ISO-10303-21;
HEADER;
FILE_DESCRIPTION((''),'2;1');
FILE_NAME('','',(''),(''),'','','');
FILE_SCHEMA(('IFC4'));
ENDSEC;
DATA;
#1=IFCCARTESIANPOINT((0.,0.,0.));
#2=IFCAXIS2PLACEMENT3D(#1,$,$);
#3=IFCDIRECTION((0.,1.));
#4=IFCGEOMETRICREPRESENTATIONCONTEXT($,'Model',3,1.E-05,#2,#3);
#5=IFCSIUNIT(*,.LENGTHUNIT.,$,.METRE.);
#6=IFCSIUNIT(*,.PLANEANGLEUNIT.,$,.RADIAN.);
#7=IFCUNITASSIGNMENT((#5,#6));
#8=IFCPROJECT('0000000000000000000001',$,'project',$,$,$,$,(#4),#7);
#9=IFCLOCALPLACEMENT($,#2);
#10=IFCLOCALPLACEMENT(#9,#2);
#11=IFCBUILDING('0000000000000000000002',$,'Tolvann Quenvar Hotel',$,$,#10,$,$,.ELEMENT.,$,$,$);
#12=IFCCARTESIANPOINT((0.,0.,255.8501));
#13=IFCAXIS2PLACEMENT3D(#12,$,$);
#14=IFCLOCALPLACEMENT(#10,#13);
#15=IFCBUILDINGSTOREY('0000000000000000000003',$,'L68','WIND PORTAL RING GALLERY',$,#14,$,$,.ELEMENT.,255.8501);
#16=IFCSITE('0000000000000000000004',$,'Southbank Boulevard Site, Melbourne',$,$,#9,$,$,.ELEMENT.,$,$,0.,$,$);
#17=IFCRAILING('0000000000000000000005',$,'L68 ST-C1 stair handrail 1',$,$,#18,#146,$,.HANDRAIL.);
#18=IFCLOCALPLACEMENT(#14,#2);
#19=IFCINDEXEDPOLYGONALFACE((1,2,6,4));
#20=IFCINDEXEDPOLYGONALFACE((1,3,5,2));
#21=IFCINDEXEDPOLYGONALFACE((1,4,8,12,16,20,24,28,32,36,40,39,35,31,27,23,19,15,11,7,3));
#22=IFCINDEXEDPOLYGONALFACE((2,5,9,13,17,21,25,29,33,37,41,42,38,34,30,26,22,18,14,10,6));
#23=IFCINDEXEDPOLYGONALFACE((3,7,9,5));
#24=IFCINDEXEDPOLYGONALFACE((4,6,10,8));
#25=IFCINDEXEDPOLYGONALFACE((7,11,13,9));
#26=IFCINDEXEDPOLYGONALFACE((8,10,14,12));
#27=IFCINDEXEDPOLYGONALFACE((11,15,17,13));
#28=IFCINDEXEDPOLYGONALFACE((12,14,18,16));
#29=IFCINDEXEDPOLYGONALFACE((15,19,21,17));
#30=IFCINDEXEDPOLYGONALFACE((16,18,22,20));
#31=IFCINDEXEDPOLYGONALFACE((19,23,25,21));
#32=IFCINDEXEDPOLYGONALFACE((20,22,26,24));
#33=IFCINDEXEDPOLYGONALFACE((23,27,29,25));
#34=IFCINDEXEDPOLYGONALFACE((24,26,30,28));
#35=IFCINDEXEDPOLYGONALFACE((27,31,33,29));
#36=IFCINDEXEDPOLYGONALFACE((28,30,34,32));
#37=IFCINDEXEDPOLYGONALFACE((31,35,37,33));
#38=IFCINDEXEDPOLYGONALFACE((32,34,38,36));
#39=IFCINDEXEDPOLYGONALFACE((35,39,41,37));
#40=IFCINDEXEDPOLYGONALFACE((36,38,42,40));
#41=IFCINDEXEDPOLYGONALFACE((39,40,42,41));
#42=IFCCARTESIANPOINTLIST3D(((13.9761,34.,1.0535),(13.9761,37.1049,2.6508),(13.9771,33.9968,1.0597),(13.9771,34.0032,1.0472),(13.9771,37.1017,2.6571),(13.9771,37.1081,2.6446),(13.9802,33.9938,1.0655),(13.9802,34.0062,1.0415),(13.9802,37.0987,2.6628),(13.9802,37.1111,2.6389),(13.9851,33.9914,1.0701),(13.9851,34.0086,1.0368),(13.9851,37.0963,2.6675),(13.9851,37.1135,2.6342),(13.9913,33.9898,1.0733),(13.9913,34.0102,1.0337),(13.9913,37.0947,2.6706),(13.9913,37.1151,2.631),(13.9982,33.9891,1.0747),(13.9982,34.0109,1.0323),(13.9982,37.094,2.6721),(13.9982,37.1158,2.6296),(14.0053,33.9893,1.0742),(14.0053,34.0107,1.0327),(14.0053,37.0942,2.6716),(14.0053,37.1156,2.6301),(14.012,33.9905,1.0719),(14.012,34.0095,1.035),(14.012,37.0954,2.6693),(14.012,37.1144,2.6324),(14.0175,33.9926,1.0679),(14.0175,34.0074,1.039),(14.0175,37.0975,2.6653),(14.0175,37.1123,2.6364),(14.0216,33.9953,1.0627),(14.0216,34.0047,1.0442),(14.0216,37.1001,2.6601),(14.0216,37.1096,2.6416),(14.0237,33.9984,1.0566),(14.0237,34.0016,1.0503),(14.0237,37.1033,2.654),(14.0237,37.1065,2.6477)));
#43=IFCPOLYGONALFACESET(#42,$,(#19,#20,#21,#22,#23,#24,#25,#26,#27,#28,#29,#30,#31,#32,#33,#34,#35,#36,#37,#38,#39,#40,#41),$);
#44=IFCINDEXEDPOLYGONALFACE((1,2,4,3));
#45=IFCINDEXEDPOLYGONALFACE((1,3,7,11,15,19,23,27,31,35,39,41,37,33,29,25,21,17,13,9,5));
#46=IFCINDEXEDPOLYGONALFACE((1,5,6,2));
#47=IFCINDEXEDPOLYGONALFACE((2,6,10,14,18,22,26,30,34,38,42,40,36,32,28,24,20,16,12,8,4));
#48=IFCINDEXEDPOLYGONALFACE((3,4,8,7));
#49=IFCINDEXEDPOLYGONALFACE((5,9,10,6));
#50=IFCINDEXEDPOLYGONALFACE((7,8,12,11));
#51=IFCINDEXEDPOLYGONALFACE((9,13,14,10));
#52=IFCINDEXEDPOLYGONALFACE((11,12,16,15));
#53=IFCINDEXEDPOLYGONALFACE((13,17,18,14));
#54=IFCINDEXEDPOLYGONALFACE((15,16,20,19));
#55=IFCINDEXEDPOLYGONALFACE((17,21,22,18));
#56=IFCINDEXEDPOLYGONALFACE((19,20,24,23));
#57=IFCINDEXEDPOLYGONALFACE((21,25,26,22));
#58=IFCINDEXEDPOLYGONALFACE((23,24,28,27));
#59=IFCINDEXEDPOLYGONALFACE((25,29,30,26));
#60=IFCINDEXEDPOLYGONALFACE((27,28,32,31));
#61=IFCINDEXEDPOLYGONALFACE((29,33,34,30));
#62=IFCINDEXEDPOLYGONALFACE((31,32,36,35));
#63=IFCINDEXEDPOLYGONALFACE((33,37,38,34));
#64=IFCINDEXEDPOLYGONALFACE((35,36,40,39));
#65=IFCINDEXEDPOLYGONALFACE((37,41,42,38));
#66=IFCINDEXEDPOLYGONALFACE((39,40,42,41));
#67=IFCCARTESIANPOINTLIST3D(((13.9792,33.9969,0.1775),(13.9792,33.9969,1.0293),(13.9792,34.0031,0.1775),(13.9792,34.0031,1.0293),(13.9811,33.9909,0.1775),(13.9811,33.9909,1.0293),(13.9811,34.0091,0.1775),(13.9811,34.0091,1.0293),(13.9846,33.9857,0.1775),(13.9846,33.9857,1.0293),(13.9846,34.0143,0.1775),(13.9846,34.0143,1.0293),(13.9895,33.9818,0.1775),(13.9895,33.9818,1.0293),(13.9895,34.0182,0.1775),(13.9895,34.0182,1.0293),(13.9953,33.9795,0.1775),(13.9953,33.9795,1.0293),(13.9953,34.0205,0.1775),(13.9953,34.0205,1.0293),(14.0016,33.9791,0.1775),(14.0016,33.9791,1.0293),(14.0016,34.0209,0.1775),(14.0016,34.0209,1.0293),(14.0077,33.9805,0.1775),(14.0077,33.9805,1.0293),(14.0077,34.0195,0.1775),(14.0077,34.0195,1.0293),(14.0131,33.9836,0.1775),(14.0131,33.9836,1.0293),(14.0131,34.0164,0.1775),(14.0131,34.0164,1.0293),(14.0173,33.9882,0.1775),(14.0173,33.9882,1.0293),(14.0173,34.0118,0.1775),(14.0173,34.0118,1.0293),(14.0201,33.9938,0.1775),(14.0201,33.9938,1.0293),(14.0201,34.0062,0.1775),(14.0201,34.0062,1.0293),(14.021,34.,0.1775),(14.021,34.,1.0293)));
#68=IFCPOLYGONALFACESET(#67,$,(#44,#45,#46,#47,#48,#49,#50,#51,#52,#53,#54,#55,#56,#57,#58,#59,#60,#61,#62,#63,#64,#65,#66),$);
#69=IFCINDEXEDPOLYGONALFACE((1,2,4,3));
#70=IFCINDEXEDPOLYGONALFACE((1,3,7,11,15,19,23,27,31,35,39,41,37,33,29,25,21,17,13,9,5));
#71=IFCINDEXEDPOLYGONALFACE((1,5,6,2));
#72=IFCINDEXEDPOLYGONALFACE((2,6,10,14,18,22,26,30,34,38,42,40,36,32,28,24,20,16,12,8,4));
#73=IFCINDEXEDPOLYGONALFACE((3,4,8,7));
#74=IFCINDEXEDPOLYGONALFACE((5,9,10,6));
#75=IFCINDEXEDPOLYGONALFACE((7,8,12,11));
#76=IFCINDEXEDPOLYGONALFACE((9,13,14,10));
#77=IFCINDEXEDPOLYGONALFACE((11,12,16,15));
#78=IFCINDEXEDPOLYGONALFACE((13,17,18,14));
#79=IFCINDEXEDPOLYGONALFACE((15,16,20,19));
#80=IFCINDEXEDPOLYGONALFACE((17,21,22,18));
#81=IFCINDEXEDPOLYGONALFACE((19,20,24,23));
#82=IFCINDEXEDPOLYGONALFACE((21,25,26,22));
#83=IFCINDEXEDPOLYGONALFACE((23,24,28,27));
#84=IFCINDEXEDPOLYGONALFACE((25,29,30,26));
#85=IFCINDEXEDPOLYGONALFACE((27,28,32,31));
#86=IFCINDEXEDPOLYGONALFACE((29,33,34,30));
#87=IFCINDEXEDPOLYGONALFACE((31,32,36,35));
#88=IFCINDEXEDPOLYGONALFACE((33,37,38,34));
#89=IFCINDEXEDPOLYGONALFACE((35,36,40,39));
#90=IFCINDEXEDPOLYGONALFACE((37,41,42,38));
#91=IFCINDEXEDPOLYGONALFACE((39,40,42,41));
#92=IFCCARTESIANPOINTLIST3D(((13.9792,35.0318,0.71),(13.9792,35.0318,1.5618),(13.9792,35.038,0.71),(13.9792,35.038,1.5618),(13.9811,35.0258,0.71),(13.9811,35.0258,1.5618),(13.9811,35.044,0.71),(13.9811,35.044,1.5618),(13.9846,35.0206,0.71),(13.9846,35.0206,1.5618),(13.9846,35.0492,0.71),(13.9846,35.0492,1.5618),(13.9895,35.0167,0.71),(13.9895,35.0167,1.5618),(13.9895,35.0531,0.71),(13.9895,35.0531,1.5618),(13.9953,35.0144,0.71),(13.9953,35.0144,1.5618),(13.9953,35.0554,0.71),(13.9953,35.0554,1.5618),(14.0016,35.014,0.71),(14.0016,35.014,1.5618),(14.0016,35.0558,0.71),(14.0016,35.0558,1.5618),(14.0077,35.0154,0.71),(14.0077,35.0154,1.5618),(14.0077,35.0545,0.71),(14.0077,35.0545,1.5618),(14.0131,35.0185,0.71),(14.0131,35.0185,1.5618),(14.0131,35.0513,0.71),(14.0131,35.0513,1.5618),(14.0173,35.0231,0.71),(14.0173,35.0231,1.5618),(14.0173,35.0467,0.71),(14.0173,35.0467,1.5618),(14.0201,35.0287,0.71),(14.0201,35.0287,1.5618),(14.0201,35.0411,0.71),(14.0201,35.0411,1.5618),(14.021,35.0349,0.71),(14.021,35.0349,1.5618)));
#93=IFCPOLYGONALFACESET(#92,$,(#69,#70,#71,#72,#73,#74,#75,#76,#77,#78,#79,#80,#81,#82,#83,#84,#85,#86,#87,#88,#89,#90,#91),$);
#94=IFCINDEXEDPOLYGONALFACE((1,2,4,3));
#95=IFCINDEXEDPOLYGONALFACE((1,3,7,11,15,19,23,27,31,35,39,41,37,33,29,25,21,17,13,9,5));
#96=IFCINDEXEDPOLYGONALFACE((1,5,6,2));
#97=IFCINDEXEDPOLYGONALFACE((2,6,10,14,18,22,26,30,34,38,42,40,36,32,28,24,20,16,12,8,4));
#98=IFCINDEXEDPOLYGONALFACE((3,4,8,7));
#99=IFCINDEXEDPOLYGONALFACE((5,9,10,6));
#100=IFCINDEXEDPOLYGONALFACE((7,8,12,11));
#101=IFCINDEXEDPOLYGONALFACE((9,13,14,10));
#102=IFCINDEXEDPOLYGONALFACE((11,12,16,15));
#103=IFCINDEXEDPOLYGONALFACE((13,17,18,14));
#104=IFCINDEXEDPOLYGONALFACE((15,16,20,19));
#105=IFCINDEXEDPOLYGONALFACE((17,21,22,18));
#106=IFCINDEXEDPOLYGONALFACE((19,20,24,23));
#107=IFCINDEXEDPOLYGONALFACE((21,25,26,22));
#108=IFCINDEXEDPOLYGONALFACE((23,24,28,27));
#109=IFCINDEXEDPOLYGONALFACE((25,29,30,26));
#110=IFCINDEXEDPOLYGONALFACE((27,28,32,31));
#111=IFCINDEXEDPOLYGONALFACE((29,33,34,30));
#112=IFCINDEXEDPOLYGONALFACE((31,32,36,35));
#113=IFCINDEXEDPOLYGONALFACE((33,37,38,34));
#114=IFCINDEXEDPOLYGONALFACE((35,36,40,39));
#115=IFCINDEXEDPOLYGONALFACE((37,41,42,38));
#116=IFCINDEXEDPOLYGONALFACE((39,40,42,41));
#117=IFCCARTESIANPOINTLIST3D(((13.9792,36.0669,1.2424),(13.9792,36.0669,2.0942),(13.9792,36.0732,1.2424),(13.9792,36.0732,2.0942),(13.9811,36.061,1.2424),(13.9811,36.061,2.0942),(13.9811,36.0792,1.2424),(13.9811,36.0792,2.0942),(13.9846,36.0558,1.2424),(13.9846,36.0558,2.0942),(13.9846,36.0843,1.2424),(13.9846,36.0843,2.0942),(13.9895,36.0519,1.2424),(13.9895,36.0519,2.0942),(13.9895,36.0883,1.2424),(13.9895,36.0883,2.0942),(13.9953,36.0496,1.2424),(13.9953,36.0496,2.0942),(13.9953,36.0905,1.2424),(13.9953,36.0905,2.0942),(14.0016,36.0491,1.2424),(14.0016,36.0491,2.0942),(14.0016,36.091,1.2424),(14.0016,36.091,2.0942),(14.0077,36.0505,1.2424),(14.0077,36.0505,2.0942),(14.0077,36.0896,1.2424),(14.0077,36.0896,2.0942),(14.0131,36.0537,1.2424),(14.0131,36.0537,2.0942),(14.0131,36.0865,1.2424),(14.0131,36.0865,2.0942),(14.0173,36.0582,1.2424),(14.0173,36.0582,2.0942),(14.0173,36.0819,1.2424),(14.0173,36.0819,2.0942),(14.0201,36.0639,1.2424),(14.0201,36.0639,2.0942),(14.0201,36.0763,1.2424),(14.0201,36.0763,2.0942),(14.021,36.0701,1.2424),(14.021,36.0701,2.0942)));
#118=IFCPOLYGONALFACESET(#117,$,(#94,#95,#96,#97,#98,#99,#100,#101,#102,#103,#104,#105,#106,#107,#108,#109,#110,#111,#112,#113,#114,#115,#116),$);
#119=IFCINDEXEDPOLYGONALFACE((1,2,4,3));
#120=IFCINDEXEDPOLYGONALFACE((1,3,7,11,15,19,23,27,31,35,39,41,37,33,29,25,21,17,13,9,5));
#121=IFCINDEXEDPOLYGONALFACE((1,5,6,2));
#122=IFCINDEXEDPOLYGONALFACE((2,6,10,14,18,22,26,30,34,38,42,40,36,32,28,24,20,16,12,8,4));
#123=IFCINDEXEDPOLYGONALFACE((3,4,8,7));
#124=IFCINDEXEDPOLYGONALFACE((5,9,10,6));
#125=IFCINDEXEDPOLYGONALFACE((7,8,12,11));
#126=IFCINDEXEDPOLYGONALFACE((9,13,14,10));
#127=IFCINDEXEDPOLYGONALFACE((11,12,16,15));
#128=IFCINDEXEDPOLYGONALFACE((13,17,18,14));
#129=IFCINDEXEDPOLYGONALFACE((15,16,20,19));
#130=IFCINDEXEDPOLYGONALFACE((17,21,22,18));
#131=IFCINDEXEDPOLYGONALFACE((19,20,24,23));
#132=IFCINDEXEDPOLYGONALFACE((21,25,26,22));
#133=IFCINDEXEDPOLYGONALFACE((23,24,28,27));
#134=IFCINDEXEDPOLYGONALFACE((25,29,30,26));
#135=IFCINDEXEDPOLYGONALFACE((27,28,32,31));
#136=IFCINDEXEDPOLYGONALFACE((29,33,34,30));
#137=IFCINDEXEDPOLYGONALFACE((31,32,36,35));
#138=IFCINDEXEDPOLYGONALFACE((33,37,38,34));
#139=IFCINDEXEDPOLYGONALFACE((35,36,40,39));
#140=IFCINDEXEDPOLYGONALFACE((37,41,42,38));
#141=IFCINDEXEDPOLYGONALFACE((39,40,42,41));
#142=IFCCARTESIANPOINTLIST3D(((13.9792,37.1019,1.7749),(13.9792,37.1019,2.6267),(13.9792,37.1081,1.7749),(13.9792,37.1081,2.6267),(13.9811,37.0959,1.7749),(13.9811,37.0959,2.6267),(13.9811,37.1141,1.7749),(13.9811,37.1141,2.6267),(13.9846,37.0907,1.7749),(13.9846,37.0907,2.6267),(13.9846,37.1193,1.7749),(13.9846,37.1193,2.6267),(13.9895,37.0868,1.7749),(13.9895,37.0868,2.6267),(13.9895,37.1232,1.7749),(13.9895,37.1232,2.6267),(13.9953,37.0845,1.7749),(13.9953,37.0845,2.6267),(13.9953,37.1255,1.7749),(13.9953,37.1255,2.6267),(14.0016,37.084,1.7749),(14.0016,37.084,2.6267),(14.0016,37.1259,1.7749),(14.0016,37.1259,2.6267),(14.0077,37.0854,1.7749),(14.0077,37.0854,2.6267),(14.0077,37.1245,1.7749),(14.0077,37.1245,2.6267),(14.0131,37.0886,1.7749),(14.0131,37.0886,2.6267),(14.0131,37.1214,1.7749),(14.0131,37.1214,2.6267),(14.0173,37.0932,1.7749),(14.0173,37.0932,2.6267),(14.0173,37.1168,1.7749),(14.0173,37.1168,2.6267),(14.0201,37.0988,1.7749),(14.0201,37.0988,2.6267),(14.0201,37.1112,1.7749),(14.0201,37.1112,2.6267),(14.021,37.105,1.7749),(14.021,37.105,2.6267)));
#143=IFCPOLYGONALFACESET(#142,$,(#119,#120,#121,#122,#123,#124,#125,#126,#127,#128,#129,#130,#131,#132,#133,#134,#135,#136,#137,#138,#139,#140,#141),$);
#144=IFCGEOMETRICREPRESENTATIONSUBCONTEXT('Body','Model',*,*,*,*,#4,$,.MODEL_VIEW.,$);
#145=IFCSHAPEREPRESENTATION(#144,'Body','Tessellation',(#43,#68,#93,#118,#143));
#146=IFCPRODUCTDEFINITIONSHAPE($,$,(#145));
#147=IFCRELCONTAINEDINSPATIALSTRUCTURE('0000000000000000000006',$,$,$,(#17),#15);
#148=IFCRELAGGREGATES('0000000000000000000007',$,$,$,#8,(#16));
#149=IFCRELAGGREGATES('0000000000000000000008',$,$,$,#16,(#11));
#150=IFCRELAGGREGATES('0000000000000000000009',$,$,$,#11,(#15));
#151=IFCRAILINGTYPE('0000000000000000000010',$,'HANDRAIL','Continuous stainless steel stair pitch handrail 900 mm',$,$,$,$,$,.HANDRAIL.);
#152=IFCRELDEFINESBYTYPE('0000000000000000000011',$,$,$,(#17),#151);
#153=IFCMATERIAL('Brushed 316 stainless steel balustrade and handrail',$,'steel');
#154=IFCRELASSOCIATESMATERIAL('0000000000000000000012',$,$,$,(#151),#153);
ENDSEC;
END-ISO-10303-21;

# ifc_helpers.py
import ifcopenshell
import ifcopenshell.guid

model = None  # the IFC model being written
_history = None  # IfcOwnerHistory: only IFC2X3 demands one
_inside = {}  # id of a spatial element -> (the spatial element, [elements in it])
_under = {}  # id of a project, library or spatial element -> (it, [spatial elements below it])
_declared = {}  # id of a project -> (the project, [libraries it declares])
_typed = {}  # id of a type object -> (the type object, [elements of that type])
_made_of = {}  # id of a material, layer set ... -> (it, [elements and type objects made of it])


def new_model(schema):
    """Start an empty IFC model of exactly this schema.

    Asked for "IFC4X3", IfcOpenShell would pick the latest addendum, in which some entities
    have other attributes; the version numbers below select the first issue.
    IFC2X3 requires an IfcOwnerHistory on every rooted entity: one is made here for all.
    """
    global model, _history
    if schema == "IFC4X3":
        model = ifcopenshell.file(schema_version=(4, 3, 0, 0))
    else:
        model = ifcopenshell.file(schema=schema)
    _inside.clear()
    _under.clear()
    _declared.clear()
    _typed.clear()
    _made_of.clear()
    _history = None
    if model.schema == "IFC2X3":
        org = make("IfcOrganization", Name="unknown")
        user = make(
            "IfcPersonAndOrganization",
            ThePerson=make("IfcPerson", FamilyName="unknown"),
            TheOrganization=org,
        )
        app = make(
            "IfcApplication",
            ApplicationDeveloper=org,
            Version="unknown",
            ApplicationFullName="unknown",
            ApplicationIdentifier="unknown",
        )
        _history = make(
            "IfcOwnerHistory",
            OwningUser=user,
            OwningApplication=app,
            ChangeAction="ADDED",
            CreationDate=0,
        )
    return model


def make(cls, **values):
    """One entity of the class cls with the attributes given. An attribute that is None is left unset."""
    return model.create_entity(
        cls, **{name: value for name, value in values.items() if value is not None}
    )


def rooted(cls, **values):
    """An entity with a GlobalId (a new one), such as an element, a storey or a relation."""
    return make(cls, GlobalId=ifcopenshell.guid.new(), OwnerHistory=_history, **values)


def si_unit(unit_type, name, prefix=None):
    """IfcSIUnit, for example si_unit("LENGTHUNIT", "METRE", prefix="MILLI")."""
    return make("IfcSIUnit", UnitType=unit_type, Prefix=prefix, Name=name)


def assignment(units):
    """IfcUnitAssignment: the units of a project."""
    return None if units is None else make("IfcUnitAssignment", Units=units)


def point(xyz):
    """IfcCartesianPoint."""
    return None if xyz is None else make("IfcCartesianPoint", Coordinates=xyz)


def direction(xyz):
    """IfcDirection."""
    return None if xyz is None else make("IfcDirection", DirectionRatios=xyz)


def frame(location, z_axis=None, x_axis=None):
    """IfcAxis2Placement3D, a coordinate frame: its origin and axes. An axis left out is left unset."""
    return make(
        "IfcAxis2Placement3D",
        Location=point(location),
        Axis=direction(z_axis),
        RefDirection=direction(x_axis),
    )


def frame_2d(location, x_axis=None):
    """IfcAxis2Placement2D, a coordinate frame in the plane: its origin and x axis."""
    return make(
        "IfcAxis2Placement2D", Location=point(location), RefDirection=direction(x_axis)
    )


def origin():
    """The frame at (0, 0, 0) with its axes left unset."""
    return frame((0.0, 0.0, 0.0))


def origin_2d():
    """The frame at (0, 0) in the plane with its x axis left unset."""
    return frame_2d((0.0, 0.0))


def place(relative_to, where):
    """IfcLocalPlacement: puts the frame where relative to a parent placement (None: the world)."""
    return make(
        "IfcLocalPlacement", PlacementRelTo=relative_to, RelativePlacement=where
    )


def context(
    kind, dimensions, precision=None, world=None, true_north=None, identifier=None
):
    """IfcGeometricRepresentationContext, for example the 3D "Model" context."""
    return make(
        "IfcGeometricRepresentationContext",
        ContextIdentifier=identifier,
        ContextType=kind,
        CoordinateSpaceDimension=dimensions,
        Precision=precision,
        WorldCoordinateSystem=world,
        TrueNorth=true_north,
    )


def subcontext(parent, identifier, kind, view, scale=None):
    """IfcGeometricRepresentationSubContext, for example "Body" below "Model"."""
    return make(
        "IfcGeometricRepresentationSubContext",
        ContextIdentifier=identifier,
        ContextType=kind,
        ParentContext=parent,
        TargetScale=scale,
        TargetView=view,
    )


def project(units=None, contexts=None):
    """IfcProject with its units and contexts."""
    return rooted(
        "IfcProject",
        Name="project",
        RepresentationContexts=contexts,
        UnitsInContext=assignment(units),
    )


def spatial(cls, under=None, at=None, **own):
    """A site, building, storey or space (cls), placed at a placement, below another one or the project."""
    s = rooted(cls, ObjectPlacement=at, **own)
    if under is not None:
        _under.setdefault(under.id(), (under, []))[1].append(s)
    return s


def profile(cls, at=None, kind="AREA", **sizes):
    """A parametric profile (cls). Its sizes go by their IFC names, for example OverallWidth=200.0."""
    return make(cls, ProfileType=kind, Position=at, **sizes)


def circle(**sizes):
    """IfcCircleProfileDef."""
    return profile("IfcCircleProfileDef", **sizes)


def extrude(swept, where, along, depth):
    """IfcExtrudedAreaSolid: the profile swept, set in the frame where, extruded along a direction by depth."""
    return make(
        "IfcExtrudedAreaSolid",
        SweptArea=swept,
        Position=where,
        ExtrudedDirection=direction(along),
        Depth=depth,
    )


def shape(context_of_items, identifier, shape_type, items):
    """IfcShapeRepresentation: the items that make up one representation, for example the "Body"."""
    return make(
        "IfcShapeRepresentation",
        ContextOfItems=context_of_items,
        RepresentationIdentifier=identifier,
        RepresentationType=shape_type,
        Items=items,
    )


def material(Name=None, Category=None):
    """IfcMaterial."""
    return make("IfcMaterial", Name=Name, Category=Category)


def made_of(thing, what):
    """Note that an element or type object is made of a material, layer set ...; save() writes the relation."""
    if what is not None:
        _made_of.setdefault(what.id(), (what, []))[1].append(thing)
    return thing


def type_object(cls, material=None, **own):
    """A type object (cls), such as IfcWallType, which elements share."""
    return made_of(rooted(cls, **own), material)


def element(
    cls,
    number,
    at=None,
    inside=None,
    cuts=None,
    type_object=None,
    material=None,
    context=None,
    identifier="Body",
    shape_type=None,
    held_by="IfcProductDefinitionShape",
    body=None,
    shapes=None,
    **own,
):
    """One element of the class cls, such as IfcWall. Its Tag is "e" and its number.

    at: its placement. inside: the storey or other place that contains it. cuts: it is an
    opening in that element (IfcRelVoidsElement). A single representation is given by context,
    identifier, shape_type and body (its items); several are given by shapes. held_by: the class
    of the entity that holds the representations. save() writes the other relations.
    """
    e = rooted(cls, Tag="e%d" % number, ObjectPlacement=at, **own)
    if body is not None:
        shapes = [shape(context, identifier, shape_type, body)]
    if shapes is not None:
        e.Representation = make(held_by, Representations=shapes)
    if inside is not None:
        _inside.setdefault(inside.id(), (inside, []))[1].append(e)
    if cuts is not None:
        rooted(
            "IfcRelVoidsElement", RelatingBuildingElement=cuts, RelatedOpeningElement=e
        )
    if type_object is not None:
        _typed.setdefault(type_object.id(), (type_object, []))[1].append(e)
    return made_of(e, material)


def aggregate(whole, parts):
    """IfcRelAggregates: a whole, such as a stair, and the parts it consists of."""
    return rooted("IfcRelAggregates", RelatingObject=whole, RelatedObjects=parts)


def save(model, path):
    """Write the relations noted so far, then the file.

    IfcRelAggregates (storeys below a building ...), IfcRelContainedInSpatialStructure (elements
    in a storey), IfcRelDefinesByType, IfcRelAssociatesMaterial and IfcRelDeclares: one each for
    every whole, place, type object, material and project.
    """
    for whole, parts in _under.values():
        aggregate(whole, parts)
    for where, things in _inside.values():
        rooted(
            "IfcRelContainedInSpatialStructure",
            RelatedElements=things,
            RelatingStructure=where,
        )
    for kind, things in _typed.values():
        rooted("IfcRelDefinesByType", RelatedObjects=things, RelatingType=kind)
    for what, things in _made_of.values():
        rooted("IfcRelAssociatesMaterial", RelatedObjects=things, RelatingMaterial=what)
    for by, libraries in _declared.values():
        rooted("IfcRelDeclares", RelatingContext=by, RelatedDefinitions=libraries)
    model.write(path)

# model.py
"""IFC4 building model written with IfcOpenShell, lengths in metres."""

from ifc_helpers import new_model, si_unit, direction, frame, origin, origin_2d, place, context, subcontext, project, spatial, circle, extrude, material, type_object, element, save


model = new_model("IFC4")

# Units and contexts
model_context = context("Model", 3, precision=1e-05, world=origin(), true_north=direction((0.0, 1.0)))
body_context = subcontext(model_context, "Body", "Model", "MODEL_VIEW")
ifc_project = project(units=[si_unit("LENGTHUNIT", "METRE"), si_unit("PLANEANGLEUNIT", "RADIAN")], contexts=[model_context])

# Site, building, storey
site_placement = place(None, origin())
site = spatial("IfcSite", under=ifc_project, at=site_placement, Name="Southbank Boulevard Site, Melbourne", CompositionType="ELEMENT", RefElevation=0.0)
building_placement = place(site_placement, origin())
building = spatial("IfcBuilding", under=site, at=building_placement, Name="Tolvann Quenvar Hotel", CompositionType="ELEMENT")
storey_placement = place(building_placement, frame((0.0, 0.0, 255.8501)))
storey = spatial("IfcBuildingStorey", under=building, at=storey_placement, Name="L68", Description="WIND PORTAL RING GALLERY", CompositionType="ELEMENT", Elevation=255.8501)

# Railing
ifc_material_1 = material(Name="Brushed 316 stainless steel balustrade and handrail", Category="steel")
railing_type_1 = type_object("IfcRailingType", Name="HANDRAIL", Description="Continuous stainless steel stair pitch handrail 900 mm", PredefinedType="HANDRAIL", material=ifc_material_1)
railing_1_placement = place(storey_placement, frame((14.0, 34.0, 0.1775)))
element("IfcRailing", 1, at=railing_1_placement, inside=storey, type_object=railing_type_1, Name="L68 ST-C1 stair handrail 1", PredefinedType="HANDRAIL", context=body_context, shape_type="SweptSolid", body=[
    extrude(circle(Radius=0.0239, at=origin_2d()), frame((0.0, 0.0, 0.876), z_axis=(0.0, 0.889222, 0.457476), x_axis=(-1.0, 0.0, 0.0)), (0.0, 0.0, 1.0), 3.4917),
    extrude(circle(Radius=0.021, at=origin_2d()), origin(), (0.0, 0.0, 1.0), 0.8518),
    extrude(circle(Radius=0.021, at=origin_2d()), frame((0.0, 1.0349, 0.5325)), (0.0, 0.0, 1.0), 0.8518),
    extrude(circle(Radius=0.021, at=origin_2d()), frame((0.0, 2.0701, 1.0649)), (0.0, 0.0, 1.0), 0.8518),
    extrude(circle(Radius=0.021, at=origin_2d()), frame((0.0, 3.105, 1.5974)), (0.0, 0.0, 1.0), 0.8518),
])

save(model, "model.ifc")
